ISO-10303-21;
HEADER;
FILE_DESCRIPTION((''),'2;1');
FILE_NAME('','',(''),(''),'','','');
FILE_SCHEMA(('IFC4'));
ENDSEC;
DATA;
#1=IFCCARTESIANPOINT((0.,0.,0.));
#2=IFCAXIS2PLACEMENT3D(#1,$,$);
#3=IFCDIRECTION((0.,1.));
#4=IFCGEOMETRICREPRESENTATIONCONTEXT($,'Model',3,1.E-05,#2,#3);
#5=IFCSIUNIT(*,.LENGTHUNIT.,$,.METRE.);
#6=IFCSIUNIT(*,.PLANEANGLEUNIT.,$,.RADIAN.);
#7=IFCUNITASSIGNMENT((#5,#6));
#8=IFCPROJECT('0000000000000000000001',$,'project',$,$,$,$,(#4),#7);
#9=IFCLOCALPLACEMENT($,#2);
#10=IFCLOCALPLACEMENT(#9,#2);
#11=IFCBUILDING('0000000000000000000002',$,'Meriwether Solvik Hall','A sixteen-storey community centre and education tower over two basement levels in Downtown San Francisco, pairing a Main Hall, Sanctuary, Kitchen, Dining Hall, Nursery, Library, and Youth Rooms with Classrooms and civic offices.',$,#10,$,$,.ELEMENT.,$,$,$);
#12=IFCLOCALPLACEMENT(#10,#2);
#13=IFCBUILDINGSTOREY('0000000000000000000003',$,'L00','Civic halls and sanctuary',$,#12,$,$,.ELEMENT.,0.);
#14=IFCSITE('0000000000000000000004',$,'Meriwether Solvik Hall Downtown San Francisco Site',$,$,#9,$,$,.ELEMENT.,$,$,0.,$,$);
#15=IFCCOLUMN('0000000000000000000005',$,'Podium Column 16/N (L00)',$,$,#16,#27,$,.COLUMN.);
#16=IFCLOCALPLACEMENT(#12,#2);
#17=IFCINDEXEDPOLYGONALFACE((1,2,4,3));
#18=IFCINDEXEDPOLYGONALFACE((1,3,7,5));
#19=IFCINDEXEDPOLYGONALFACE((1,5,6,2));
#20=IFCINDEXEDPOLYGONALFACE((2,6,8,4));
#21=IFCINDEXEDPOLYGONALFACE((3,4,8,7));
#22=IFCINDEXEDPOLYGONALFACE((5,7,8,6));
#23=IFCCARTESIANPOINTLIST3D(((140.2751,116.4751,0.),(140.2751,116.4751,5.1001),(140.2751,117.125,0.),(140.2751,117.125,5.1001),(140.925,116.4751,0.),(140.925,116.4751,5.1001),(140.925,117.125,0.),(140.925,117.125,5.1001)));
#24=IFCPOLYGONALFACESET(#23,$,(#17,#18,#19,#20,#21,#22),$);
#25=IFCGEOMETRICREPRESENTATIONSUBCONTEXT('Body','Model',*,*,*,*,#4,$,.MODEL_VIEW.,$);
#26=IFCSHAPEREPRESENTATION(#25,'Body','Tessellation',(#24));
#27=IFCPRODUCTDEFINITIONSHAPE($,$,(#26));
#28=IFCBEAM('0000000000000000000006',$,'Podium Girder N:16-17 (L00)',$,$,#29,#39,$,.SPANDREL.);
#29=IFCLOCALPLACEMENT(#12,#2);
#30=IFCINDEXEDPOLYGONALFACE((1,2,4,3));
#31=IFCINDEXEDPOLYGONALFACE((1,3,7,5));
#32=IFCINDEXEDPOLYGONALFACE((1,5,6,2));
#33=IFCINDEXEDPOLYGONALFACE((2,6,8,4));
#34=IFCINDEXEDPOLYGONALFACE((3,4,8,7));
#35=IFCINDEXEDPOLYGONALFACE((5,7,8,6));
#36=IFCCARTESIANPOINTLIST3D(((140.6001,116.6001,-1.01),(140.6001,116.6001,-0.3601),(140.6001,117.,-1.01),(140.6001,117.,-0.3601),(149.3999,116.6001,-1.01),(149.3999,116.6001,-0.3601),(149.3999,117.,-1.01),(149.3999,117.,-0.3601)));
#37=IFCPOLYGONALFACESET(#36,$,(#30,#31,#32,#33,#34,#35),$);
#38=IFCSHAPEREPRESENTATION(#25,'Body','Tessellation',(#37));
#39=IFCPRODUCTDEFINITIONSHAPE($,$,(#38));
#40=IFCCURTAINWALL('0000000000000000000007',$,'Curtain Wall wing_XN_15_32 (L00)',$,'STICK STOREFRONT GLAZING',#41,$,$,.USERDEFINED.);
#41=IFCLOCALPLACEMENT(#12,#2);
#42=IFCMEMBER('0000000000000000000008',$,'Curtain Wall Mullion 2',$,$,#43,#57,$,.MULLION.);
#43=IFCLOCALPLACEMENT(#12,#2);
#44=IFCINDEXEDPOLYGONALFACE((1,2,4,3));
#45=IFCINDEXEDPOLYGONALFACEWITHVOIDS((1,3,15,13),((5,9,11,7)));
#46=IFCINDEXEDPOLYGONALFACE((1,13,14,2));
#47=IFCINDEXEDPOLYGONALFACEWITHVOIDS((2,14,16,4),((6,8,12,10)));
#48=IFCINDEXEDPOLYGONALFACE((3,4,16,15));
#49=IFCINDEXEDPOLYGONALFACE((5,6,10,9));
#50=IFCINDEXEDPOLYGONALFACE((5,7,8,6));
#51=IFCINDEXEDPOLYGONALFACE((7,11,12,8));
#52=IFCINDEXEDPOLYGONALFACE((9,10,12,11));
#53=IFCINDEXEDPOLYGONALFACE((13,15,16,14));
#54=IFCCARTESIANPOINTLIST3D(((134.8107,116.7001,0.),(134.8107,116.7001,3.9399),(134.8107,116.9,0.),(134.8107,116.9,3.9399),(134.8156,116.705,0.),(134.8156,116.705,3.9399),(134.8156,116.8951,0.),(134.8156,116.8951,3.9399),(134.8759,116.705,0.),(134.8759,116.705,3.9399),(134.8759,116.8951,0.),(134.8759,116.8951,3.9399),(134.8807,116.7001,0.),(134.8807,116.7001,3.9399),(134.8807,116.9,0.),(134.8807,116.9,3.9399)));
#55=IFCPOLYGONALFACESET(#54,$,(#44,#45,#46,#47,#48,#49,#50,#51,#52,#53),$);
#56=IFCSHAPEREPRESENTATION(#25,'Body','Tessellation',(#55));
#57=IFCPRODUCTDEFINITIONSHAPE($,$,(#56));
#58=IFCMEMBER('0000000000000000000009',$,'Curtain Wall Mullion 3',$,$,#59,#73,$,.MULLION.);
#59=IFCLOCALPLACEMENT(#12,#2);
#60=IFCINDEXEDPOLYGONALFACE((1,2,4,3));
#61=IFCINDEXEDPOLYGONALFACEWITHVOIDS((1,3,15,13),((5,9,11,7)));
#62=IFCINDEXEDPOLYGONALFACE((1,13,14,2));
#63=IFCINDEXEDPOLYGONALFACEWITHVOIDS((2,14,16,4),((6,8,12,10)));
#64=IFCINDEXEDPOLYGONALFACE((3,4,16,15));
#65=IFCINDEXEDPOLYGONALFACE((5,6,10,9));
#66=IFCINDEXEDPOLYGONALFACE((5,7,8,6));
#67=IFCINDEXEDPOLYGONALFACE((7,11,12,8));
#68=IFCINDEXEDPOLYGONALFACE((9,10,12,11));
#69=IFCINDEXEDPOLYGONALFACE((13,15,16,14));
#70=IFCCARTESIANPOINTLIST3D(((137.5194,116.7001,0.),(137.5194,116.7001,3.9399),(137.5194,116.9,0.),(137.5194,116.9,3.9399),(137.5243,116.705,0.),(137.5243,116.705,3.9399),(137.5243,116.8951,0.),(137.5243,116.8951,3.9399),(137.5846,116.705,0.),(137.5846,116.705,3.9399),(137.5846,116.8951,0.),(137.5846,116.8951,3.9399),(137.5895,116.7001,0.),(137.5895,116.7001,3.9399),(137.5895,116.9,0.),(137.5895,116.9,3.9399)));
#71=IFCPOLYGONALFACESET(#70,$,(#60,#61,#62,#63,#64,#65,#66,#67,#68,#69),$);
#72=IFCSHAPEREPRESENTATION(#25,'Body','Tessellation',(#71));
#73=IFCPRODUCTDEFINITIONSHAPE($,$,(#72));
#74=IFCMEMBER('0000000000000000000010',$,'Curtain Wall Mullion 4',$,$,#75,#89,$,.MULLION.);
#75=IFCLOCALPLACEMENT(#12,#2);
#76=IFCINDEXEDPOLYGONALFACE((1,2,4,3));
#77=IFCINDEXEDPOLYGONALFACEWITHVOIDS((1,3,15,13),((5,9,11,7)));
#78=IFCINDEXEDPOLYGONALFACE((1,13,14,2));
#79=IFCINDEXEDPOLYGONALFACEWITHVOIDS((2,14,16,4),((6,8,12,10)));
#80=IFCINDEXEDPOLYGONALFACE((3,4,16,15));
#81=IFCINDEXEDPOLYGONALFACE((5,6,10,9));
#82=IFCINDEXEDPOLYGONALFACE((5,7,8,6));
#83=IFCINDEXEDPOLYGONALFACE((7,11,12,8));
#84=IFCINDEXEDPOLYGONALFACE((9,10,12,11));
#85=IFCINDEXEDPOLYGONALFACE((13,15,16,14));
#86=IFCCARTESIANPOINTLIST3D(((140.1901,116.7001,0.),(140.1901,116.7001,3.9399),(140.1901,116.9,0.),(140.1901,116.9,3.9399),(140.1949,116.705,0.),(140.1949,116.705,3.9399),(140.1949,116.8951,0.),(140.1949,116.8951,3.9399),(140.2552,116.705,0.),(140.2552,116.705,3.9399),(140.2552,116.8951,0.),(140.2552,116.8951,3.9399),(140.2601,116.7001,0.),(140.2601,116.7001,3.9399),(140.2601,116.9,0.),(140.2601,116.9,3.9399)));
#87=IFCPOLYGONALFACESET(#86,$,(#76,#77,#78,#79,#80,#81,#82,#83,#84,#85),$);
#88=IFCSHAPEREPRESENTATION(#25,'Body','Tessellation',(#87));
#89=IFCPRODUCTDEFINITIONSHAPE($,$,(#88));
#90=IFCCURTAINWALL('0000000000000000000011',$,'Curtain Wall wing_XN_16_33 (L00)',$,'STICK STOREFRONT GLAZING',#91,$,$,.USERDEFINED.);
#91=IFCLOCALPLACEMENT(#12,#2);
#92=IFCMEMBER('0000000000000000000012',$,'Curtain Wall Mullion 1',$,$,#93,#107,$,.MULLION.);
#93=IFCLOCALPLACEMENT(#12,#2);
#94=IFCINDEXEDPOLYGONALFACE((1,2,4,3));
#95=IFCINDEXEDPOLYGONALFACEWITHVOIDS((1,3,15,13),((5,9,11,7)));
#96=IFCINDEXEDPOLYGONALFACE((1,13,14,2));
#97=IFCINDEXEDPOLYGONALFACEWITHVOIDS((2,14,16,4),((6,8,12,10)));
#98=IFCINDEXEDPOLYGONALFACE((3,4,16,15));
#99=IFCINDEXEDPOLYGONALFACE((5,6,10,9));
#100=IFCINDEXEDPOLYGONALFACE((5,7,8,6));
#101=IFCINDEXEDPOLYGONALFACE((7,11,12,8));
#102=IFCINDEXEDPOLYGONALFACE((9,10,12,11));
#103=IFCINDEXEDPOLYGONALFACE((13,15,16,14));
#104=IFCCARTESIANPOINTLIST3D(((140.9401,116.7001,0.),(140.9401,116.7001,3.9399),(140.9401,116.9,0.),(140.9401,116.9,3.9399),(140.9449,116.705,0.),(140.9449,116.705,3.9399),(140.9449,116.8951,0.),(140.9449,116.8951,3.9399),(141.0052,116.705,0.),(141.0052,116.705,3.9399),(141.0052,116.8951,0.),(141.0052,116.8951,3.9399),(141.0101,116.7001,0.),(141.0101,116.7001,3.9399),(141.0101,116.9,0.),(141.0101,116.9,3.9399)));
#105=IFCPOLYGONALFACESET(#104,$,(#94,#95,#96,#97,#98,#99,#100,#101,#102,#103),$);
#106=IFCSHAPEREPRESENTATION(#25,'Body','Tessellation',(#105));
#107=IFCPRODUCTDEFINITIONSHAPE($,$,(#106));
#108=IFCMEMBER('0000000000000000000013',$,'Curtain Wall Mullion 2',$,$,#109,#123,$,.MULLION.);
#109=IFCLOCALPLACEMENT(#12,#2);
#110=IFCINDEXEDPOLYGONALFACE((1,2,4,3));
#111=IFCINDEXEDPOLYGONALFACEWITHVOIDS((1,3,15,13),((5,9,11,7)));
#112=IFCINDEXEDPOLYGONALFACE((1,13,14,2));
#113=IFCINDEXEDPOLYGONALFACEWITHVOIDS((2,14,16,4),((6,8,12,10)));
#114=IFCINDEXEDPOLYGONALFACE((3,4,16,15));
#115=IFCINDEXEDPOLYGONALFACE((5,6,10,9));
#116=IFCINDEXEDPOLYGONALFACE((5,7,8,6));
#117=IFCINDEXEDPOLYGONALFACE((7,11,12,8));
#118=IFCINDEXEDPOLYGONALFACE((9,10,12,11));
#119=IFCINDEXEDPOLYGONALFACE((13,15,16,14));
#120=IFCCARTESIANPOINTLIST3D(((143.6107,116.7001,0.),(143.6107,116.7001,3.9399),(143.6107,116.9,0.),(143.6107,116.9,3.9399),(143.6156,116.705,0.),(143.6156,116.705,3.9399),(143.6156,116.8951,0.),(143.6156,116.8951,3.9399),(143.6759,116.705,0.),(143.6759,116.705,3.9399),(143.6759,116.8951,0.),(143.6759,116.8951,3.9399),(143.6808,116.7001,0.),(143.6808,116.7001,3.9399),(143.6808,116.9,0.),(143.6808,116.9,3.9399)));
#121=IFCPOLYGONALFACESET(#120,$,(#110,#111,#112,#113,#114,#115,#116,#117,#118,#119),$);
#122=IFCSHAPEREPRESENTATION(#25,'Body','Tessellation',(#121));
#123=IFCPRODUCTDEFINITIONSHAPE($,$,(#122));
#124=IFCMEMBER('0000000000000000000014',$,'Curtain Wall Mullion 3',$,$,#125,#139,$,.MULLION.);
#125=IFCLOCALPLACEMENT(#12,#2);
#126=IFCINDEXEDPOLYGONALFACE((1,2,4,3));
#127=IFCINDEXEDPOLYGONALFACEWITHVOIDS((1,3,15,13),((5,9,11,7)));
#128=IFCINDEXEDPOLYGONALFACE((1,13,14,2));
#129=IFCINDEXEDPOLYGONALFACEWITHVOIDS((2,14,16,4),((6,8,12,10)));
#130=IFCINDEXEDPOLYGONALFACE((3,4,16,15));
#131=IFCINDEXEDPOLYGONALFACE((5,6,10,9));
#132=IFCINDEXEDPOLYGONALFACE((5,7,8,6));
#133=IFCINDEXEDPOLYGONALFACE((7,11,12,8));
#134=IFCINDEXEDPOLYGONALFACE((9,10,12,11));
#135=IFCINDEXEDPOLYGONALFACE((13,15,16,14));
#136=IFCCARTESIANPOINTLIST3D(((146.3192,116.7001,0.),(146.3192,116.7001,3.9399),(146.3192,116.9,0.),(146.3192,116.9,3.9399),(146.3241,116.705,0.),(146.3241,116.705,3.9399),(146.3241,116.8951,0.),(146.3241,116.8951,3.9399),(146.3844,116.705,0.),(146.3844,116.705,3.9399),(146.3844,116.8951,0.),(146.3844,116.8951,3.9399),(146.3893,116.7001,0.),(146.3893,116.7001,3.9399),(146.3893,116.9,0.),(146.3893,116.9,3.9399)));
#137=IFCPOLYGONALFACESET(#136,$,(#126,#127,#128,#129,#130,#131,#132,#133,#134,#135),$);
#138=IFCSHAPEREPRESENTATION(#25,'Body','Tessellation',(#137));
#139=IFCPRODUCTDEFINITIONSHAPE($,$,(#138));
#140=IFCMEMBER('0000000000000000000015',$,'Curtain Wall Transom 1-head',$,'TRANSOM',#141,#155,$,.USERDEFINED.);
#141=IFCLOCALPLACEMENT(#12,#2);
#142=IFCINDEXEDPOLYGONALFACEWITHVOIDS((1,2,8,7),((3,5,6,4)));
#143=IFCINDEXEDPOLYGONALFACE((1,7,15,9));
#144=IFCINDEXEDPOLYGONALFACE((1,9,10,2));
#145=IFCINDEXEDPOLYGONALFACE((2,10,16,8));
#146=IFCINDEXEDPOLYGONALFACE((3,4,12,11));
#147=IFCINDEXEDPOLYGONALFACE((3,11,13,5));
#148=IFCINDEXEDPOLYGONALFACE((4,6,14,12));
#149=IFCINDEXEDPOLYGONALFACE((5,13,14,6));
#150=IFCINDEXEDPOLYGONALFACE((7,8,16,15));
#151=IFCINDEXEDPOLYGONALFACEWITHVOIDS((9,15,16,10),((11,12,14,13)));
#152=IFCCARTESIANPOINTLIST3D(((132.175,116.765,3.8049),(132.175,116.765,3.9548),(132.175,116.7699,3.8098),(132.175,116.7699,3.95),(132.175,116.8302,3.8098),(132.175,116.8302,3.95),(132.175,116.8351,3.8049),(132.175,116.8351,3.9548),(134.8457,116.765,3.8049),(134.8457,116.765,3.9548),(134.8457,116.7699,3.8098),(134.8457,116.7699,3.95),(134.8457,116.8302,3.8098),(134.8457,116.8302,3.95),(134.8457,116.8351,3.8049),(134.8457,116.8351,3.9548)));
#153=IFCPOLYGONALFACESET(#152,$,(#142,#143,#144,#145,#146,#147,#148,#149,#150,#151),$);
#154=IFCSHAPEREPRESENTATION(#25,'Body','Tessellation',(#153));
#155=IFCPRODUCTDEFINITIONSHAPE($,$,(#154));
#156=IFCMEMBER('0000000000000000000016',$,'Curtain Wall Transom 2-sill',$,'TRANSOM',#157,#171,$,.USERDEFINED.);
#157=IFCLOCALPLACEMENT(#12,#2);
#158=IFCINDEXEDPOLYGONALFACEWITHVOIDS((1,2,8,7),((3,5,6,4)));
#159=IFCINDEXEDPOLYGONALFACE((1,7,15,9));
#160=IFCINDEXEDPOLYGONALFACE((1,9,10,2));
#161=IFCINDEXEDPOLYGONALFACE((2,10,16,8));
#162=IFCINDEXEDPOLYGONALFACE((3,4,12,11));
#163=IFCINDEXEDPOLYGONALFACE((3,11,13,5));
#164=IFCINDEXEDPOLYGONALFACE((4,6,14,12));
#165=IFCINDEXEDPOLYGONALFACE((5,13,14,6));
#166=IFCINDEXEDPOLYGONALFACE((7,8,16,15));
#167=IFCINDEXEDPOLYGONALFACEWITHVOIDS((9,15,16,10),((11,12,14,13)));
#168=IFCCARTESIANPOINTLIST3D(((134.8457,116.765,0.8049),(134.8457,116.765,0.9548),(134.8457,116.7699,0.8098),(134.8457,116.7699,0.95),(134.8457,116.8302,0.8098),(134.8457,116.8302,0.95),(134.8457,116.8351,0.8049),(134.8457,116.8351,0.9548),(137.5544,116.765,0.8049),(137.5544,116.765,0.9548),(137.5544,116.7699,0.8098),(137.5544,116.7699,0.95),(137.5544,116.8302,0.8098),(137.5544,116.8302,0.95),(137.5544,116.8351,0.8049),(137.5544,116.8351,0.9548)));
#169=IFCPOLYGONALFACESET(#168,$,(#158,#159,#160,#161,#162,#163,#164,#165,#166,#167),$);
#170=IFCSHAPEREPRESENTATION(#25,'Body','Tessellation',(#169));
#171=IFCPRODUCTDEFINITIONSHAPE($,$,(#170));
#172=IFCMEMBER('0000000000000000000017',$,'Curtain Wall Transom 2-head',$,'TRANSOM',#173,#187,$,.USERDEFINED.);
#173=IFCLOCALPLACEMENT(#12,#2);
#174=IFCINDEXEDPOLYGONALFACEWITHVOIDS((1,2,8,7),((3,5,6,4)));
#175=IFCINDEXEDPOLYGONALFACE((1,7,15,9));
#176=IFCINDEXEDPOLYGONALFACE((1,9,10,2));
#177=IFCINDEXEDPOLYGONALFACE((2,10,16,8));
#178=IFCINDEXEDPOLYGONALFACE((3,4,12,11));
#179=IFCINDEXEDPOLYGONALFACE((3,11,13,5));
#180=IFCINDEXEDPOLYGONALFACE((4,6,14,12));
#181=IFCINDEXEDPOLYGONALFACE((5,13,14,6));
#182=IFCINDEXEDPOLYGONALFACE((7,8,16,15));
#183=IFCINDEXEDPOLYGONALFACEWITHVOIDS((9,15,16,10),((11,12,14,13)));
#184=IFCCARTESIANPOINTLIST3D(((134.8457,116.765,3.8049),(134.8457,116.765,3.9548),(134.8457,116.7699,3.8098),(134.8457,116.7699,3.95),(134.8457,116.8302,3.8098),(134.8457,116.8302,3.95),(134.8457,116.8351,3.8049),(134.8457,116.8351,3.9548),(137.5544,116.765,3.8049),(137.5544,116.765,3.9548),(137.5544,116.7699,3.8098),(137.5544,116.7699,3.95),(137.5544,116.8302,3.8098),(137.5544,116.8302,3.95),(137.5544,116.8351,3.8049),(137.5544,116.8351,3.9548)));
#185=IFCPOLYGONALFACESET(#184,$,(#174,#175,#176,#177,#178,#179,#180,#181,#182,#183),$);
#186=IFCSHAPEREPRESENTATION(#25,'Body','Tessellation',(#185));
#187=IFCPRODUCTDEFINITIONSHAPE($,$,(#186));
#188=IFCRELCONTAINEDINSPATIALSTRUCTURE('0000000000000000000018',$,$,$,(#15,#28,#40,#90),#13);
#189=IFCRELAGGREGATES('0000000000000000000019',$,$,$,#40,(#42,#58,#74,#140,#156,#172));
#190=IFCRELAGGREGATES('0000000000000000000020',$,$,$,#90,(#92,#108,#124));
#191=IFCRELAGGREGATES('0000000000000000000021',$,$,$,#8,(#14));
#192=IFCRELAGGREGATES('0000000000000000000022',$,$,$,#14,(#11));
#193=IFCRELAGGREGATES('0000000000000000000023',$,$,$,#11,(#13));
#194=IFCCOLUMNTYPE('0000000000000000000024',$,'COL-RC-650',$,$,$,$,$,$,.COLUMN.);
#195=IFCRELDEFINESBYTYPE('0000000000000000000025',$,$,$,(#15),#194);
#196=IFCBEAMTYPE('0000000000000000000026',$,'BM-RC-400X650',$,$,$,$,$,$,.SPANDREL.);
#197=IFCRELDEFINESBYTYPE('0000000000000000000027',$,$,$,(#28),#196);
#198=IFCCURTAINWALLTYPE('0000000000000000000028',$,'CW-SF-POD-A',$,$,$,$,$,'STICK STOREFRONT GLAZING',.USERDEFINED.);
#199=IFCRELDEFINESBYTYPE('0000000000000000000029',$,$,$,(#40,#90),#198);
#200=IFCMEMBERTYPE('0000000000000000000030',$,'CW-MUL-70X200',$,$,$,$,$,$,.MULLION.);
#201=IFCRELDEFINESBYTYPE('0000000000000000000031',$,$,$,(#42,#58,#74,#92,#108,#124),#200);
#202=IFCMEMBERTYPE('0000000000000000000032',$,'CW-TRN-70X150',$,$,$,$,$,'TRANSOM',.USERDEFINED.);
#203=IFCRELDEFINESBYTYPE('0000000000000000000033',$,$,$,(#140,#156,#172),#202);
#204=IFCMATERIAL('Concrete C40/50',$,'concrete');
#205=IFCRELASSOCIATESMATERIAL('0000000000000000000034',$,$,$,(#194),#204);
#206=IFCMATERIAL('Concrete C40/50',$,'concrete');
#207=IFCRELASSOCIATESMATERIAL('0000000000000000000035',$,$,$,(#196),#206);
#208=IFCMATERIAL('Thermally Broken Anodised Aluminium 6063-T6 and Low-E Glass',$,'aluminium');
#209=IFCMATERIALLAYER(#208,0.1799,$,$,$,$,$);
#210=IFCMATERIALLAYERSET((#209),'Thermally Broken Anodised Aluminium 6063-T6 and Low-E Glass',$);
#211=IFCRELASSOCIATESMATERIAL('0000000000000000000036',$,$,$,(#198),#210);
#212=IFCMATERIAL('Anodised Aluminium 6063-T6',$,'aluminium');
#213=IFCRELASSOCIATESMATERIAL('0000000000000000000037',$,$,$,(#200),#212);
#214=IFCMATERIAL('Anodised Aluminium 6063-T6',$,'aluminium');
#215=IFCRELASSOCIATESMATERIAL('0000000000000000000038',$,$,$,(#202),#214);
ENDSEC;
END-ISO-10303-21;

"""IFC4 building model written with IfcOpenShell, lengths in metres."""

from ifc_helpers import new_model, si_unit, direction, frame, origin, origin_2d, place, context, subcontext, project, spatial, rectangle, hollow_rectangle, extrude, material, layer, layer_set, material_profile, profile_set, type_object, element, aggregate, save


model = new_model("IFC4")

# Units and contexts
model_context = context("Model", 3, precision=1e-05, world=origin(), true_north=direction((0.0, 1.0)))
body_context = subcontext(model_context, "Body", "Model", "MODEL_VIEW")
ifc_project = project(units=[si_unit("LENGTHUNIT", "METRE"), si_unit("PLANEANGLEUNIT", "RADIAN")], contexts=[model_context])

# Site, building, storey
site_placement = place(None, origin())
site = spatial("IfcSite", under=ifc_project, at=site_placement, Name="Meriwether Solvik Hall Downtown San Francisco Site", CompositionType="ELEMENT", RefElevation=0.0)
building_placement = place(site_placement, origin())
building = spatial("IfcBuilding", under=site, at=building_placement, Name="Meriwether Solvik Hall", Description="A sixteen-storey community centre and education tower over two basement levels in Downtown San Francisco, pairing a Main Hall, Sanctuary, Kitchen, Dining Hall, Nursery, Library, and Youth Rooms with Classrooms and civic offices.", CompositionType="ELEMENT")
storey_placement = place(building_placement, origin())
storey = spatial("IfcBuildingStorey", under=building, at=storey_placement, Name="L00", Description="Civic halls and sanctuary", CompositionType="ELEMENT", Elevation=0.0)

# Column
ifc_material_1 = material(Name="Concrete C40/50", Category="concrete")
ifc_material_profile_1 = material_profile(ifc_material_1, rectangle(XDim=0.6499, YDim=0.6499, at=origin_2d()), Name="RCC-650X650")
ifc_profile_set_1 = profile_set([ifc_material_profile_1], Name="Concrete C40/50")
column_type = type_object("IfcColumnType", Name="COL-RC-650", PredefinedType="COLUMN", material=ifc_profile_set_1)
column_placement = place(storey_placement, frame((140.6001, 116.8, 0.0), z_axis=(0.0, 0.0, 1.0), x_axis=(1.0, 0.0, 0.0)))
element("IfcColumn", 1, at=column_placement, inside=storey, type_object=column_type, Name="Podium Column 16/N (L00)", PredefinedType="COLUMN", context=body_context, shape_type="SweptSolid", body=[
    extrude(rectangle(XDim=0.6499, YDim=0.6499, at=origin_2d()), origin(), (0.0, 0.0, 1.0), 5.1001),
])

# Beam
ifc_material_2 = material(Name="Concrete C40/50", Category="concrete")
ifc_material_profile_2 = material_profile(ifc_material_2, rectangle(XDim=0.3999, YDim=0.6499, at=origin_2d()), Name="RCB-400X650")
ifc_profile_set_2 = profile_set([ifc_material_profile_2], Name="Concrete C40/50")
beam_type = type_object("IfcBeamType", Name="BM-RC-400X650", PredefinedType="SPANDREL", material=ifc_profile_set_2)
beam_placement = place(storey_placement, frame((140.6001, 116.8, -0.6851), z_axis=(1.0, 0.0, 0.0), x_axis=(0.0, 1.0, 0.0)))
element("IfcBeam", 2, at=beam_placement, inside=storey, type_object=beam_type, Name="Podium Girder N:16-17 (L00)", PredefinedType="SPANDREL", context=body_context, shape_type="SweptSolid", body=[
    extrude(rectangle(XDim=0.3999, YDim=0.6499, at=origin_2d()), origin(), (0.0, 0.0, 1.0), 8.7998),
])

# Curtain walls, members
ifc_material_3 = material(Name="Thermally Broken Anodised Aluminium 6063-T6 and Low-E Glass", Category="aluminium")
ifc_layer_1 = layer(ifc_material_3, 0.1799)
ifc_layer_set_1 = layer_set([ifc_layer_1], Name="Thermally Broken Anodised Aluminium 6063-T6 and Low-E Glass")
curtain_wall_type = type_object("IfcCurtainWallType", Name="CW-SF-POD-A", ElementType="STICK STOREFRONT GLAZING", PredefinedType="USERDEFINED", material=ifc_layer_set_1)
curtain_wall_1_placement = place(storey_placement, origin())
curtain_wall_1 = element("IfcCurtainWall", 3, at=curtain_wall_1_placement, inside=storey, type_object=curtain_wall_type, Name="Curtain Wall wing_XN_15_32 (L00)", ObjectType="STICK STOREFRONT GLAZING", PredefinedType="USERDEFINED")
ifc_material_4 = material(Name="Anodised Aluminium 6063-T6", Category="aluminium")
ifc_material_profile_3 = material_profile(ifc_material_4, hollow_rectangle(XDim=0.0701, YDim=0.2, WallThickness=0.0049, at=origin_2d()), Name="CWM-70X200")
ifc_profile_set_3 = profile_set([ifc_material_profile_3], Name="Anodised Aluminium 6063-T6")
member_type_1 = type_object("IfcMemberType", Name="CW-MUL-70X200", PredefinedType="MULLION", material=ifc_profile_set_3)
member_1_placement = place(storey_placement, frame((134.8457, 116.8, 0.0), z_axis=(0.0, 0.0, 1.0), x_axis=(1.0, 0.0, 0.0)))
member_1 = element("IfcMember", 4, at=member_1_placement, type_object=member_type_1, Name="Curtain Wall Mullion 2", PredefinedType="MULLION", context=body_context, shape_type="SweptSolid", body=[
    extrude(hollow_rectangle(XDim=0.0701, YDim=0.2, WallThickness=0.0049, at=origin_2d()), origin(), (0.0, 0.0, 1.0), 3.9399),
])
member_2_placement = place(storey_placement, frame((137.5544, 116.8, 0.0), z_axis=(0.0, 0.0, 1.0), x_axis=(1.0, 0.0, 0.0)))
member_2 = element("IfcMember", 5, at=member_2_placement, type_object=member_type_1, Name="Curtain Wall Mullion 3", PredefinedType="MULLION", context=body_context, shape_type="SweptSolid", body=[
    extrude(hollow_rectangle(XDim=0.0701, YDim=0.2, WallThickness=0.0049, at=origin_2d()), origin(), (0.0, 0.0, 1.0), 3.9399),
])
member_3_placement = place(storey_placement, frame((140.2251, 116.8, 0.0), z_axis=(0.0, 0.0, 1.0), x_axis=(1.0, 0.0, 0.0)))
member_3 = element("IfcMember", 6, at=member_3_placement, type_object=member_type_1, Name="Curtain Wall Mullion 4", PredefinedType="MULLION", context=body_context, shape_type="SweptSolid", body=[
    extrude(hollow_rectangle(XDim=0.0701, YDim=0.2, WallThickness=0.0049, at=origin_2d()), origin(), (0.0, 0.0, 1.0), 3.9399),
])
curtain_wall_2_placement = place(storey_placement, origin())
curtain_wall_2 = element("IfcCurtainWall", 7, at=curtain_wall_2_placement, inside=storey, type_object=curtain_wall_type, Name="Curtain Wall wing_XN_16_33 (L00)", ObjectType="STICK STOREFRONT GLAZING", PredefinedType="USERDEFINED")
member_4_placement = place(storey_placement, frame((140.9751, 116.8, 0.0), z_axis=(0.0, 0.0, 1.0), x_axis=(1.0, 0.0, 0.0)))
member_4 = element("IfcMember", 8, at=member_4_placement, type_object=member_type_1, Name="Curtain Wall Mullion 1", PredefinedType="MULLION", context=body_context, shape_type="SweptSolid", body=[
    extrude(hollow_rectangle(XDim=0.0701, YDim=0.2, WallThickness=0.0049, at=origin_2d()), origin(), (0.0, 0.0, 1.0), 3.9399),
])
member_5_placement = place(storey_placement, frame((143.6458, 116.8, 0.0), z_axis=(0.0, 0.0, 1.0), x_axis=(1.0, 0.0, 0.0)))
member_5 = element("IfcMember", 9, at=member_5_placement, type_object=member_type_1, Name="Curtain Wall Mullion 2", PredefinedType="MULLION", context=body_context, shape_type="SweptSolid", body=[
    extrude(hollow_rectangle(XDim=0.0701, YDim=0.2, WallThickness=0.0049, at=origin_2d()), origin(), (0.0, 0.0, 1.0), 3.9399),
])
member_6_placement = place(storey_placement, frame((146.3542, 116.8, 0.0), z_axis=(0.0, 0.0, 1.0), x_axis=(1.0, 0.0, 0.0)))
member_6 = element("IfcMember", 10, at=member_6_placement, type_object=member_type_1, Name="Curtain Wall Mullion 3", PredefinedType="MULLION", context=body_context, shape_type="SweptSolid", body=[
    extrude(hollow_rectangle(XDim=0.0701, YDim=0.2, WallThickness=0.0049, at=origin_2d()), origin(), (0.0, 0.0, 1.0), 3.9399),
])

# Members
ifc_material_5 = material(Name="Anodised Aluminium 6063-T6", Category="aluminium")
ifc_material_profile_4 = material_profile(ifc_material_5, hollow_rectangle(XDim=0.0701, YDim=0.1499, WallThickness=0.0049, at=origin_2d()), Name="CWT-70X150")
ifc_profile_set_4 = profile_set([ifc_material_profile_4], Name="Anodised Aluminium 6063-T6")
member_type_2 = type_object("IfcMemberType", Name="CW-TRN-70X150", ElementType="TRANSOM", PredefinedType="USERDEFINED", material=ifc_profile_set_4)
member_7_placement = place(storey_placement, frame((132.175, 116.8, 3.8799), z_axis=(1.0, 0.0, 0.0), x_axis=(0.0, 1.0, 0.0)))
member_7 = element("IfcMember", 11, at=member_7_placement, type_object=member_type_2, Name="Curtain Wall Transom 1-head", ObjectType="TRANSOM", PredefinedType="USERDEFINED", context=body_context, shape_type="SweptSolid", body=[
    extrude(hollow_rectangle(XDim=0.0701, YDim=0.1499, WallThickness=0.0049, at=origin_2d()), origin(), (0.0, 0.0, 1.0), 2.6707),
])
member_8_placement = place(storey_placement, frame((134.8457, 116.8, 0.8799), z_axis=(1.0, 0.0, 0.0), x_axis=(0.0, 1.0, 0.0)))
member_8 = element("IfcMember", 12, at=member_8_placement, type_object=member_type_2, Name="Curtain Wall Transom 2-sill", ObjectType="TRANSOM", PredefinedType="USERDEFINED", context=body_context, shape_type="SweptSolid", body=[
    extrude(hollow_rectangle(XDim=0.0701, YDim=0.1499, WallThickness=0.0049, at=origin_2d()), origin(), (0.0, 0.0, 1.0), 2.7087),
])
member_9_placement = place(storey_placement, frame((134.8457, 116.8, 3.8799), z_axis=(1.0, 0.0, 0.0), x_axis=(0.0, 1.0, 0.0)))
member_9 = element("IfcMember", 13, at=member_9_placement, type_object=member_type_2, Name="Curtain Wall Transom 2-head", ObjectType="TRANSOM", PredefinedType="USERDEFINED", context=body_context, shape_type="SweptSolid", body=[
    extrude(hollow_rectangle(XDim=0.0701, YDim=0.1499, WallThickness=0.0049, at=origin_2d()), origin(), (0.0, 0.0, 1.0), 2.7087),
])

aggregate(curtain_wall_1, [member_1, member_2, member_3, member_7, member_8, member_9])
aggregate(curtain_wall_2, [member_4, member_5, member_6])

save(model, "model.ifc")
